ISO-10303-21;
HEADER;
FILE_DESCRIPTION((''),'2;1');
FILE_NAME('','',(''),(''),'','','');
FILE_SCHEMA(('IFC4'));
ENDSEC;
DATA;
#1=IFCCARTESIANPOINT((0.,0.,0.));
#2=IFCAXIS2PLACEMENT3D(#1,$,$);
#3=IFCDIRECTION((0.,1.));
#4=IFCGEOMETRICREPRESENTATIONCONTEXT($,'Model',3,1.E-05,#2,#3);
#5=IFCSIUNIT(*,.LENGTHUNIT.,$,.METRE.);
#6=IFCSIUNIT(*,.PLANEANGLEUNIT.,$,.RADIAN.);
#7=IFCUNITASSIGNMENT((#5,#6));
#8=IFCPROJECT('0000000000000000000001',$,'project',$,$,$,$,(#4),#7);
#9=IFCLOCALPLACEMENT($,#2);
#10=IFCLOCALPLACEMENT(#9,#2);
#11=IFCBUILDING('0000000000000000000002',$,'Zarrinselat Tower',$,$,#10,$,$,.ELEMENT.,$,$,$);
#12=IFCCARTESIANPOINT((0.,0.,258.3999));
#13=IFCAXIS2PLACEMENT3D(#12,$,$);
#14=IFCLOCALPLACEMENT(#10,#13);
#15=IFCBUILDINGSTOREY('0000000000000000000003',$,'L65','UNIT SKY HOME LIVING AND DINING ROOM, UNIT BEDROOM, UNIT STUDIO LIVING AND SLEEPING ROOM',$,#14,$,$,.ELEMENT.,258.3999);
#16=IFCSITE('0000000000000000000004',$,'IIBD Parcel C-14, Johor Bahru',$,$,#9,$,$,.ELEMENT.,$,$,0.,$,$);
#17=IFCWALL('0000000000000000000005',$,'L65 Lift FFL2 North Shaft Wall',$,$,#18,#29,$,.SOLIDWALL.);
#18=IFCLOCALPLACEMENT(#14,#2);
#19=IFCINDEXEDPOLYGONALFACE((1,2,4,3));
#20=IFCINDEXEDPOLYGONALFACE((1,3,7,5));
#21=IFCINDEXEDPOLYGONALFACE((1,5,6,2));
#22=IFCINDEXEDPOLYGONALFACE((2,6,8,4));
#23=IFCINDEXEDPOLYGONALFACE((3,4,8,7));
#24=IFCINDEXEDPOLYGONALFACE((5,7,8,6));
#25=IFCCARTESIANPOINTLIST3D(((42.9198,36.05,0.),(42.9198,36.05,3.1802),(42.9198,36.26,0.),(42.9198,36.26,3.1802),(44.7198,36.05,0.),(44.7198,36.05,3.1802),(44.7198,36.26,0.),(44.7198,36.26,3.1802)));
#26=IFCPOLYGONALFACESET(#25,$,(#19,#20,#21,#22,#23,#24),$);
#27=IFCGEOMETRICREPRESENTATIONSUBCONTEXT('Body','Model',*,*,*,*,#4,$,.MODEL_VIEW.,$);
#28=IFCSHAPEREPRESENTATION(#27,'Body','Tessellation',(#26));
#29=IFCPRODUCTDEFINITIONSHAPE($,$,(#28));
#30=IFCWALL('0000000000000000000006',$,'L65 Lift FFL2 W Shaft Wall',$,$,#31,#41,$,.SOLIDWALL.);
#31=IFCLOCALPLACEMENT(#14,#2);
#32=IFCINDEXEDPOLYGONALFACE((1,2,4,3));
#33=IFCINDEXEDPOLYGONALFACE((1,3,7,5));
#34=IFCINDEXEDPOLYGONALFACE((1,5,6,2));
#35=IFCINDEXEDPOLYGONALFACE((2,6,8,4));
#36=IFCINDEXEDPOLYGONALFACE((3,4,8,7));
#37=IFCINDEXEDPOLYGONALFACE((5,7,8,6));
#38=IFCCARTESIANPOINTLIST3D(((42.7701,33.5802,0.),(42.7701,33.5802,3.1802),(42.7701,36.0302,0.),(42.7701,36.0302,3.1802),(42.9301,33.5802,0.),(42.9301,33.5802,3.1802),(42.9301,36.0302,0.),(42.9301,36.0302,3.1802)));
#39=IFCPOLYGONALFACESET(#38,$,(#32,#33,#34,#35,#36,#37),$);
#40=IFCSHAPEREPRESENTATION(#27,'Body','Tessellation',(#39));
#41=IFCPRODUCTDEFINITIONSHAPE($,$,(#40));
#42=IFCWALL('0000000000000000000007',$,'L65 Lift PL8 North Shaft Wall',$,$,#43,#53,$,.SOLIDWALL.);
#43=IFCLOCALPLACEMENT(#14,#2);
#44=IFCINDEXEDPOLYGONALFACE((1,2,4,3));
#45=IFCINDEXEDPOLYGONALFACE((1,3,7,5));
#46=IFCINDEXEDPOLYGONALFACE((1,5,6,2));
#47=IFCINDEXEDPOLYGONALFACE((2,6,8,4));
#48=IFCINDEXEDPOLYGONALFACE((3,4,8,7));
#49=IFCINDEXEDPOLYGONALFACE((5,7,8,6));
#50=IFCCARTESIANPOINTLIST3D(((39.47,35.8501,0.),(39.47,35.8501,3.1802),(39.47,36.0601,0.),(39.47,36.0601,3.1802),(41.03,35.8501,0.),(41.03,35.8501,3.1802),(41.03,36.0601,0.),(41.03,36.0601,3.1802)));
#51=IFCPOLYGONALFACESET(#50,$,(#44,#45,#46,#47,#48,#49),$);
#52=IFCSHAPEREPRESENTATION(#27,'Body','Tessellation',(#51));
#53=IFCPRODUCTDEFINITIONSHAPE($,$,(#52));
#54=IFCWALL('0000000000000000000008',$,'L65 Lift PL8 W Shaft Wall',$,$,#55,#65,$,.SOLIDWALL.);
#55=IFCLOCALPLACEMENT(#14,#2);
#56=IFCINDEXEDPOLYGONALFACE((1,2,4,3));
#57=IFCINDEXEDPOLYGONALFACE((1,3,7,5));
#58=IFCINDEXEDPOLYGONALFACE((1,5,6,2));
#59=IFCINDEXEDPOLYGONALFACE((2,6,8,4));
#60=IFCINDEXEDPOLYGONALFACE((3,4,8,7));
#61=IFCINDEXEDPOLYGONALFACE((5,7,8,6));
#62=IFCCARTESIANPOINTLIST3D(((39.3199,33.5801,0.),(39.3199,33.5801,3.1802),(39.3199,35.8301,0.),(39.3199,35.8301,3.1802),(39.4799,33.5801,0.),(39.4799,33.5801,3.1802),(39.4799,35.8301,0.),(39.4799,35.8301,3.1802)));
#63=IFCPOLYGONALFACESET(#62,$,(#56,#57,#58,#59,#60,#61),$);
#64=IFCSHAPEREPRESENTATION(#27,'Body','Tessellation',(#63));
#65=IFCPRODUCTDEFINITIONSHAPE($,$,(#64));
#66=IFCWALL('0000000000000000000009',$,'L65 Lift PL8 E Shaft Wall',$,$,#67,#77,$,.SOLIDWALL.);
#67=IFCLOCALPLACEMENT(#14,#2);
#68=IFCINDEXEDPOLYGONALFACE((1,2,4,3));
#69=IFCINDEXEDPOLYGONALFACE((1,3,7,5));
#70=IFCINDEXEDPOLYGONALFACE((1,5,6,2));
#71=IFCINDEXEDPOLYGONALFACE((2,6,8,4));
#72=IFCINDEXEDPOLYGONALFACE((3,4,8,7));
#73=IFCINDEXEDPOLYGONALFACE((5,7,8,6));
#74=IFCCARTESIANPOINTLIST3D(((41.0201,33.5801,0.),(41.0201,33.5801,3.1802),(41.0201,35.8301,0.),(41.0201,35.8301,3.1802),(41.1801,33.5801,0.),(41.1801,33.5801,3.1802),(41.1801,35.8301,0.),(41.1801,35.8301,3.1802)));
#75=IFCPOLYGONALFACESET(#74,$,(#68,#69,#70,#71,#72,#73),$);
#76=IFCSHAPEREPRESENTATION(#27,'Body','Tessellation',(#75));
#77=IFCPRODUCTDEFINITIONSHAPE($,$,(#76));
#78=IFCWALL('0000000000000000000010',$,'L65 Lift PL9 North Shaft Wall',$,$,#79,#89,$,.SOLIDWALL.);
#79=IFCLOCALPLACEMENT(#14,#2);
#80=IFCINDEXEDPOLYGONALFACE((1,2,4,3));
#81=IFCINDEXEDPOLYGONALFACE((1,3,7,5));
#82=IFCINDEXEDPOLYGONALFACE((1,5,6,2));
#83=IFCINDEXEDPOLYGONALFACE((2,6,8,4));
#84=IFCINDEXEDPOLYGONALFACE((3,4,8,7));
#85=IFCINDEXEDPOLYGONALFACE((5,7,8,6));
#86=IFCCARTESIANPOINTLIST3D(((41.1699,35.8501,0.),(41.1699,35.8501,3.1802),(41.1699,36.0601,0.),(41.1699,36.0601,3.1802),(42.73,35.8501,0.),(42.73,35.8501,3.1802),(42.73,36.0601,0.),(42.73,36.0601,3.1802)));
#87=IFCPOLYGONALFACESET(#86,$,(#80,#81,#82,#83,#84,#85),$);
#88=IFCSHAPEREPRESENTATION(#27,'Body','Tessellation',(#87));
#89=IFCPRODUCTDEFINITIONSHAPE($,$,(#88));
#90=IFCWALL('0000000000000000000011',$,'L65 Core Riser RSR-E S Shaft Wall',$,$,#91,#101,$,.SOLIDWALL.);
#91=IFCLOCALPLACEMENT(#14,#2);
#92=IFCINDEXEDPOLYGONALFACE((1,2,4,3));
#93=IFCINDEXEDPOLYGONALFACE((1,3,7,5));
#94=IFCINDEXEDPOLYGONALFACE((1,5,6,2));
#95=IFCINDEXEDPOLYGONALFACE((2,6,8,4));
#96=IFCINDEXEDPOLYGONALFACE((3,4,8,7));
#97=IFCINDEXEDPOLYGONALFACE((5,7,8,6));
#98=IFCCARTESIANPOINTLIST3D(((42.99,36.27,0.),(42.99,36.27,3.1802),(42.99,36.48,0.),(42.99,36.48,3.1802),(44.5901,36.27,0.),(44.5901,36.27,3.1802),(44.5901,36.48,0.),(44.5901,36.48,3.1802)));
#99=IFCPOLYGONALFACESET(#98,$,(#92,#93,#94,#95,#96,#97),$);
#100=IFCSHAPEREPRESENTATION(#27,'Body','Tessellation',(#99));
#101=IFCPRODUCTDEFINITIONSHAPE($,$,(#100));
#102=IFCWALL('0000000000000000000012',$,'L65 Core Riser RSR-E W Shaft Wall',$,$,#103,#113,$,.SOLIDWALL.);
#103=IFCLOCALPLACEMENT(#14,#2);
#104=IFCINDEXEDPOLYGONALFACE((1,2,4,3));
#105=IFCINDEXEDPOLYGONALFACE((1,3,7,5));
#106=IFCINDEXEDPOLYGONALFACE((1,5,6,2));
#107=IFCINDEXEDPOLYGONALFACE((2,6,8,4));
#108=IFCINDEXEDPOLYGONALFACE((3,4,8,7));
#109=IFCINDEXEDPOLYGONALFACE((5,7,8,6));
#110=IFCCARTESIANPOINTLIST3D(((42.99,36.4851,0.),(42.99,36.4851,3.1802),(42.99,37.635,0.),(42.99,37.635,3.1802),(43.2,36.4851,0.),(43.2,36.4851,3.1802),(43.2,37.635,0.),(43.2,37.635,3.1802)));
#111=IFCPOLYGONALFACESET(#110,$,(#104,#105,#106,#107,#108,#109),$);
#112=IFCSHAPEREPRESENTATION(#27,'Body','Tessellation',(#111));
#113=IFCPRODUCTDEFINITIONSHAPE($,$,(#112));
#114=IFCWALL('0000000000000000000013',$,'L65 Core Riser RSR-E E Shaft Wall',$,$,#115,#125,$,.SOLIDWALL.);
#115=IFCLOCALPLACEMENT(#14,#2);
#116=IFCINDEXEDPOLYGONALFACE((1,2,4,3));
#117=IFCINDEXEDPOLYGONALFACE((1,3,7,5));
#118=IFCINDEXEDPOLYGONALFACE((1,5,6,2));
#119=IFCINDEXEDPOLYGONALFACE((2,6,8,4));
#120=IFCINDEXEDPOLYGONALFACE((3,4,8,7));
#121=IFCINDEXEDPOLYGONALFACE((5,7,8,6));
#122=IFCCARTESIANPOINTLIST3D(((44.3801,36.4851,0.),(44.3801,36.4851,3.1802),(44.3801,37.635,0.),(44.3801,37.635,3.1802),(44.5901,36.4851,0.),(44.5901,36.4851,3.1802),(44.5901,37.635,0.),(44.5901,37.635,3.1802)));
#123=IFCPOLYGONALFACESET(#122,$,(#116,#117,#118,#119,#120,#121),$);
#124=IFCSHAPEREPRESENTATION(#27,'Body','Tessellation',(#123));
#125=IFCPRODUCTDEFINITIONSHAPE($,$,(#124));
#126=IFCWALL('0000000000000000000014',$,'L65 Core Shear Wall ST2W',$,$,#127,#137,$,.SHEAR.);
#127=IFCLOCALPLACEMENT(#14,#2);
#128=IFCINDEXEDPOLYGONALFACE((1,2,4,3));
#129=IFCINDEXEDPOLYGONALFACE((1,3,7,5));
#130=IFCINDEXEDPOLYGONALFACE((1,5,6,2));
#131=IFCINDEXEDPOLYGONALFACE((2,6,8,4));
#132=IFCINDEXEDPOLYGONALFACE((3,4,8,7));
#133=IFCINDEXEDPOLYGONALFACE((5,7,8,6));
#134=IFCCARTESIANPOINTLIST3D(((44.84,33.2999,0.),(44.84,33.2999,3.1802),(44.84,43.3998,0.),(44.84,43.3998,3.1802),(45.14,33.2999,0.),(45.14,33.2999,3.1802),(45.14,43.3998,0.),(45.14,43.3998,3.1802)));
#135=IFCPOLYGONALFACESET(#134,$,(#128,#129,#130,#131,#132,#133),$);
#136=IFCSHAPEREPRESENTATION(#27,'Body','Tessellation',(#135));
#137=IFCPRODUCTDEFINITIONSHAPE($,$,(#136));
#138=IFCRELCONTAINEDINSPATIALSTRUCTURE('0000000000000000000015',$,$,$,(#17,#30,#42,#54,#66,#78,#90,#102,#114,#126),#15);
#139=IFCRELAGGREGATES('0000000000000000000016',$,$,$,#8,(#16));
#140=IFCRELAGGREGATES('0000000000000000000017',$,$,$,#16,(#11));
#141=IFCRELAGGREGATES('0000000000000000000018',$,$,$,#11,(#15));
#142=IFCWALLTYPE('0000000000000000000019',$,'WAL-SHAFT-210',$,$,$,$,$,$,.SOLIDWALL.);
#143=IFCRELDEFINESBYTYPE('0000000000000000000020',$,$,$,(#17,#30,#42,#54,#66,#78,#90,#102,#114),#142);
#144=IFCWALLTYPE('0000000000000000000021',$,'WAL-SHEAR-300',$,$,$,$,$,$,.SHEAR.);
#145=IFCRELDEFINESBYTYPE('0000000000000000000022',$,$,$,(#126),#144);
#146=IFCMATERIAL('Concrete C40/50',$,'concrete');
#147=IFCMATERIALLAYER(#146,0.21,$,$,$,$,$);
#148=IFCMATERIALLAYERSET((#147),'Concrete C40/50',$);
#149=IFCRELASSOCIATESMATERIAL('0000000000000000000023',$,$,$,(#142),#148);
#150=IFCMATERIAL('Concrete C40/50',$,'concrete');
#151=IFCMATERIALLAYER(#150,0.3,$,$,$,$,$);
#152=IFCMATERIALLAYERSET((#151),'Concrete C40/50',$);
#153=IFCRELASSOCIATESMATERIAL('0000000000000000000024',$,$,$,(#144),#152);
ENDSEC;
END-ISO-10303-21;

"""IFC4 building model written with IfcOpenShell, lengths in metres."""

from ifc_helpers import new_model, si_unit, direction, frame, frame_2d, origin, place, context, subcontext, project, spatial, rectangle, extrude, material, layer, layer_set, type_object, element, save


model = new_model("IFC4")

# Units and contexts
model_context = context("Model", 3, precision=1e-05, world=origin(), true_north=direction((0.0, 1.0)))
body_context = subcontext(model_context, "Body", "Model", "MODEL_VIEW")
ifc_project = project(units=[si_unit("LENGTHUNIT", "METRE"), si_unit("PLANEANGLEUNIT", "RADIAN")], contexts=[model_context])

# Site, building, storey
site_placement = place(None, origin())
site = spatial("IfcSite", under=ifc_project, at=site_placement, Name="IIBD Parcel C-14, Johor Bahru", CompositionType="ELEMENT", RefElevation=0.0)
building_placement = place(site_placement, origin())
building = spatial("IfcBuilding", under=site, at=building_placement, Name="Zarrinselat Tower", CompositionType="ELEMENT")
storey_placement = place(building_placement, frame((0.0, 0.0, 258.3999)))
storey = spatial("IfcBuildingStorey", under=building, at=storey_placement, Name="L65", Description="UNIT SKY HOME LIVING AND DINING ROOM, UNIT BEDROOM, UNIT STUDIO LIVING AND SLEEPING ROOM", CompositionType="ELEMENT", Elevation=258.3999)

# Walls
ifc_material_1 = material(Name="Concrete C40/50", Category="concrete")
ifc_layer_1 = layer(ifc_material_1, 0.21)
ifc_layer_set_1 = layer_set([ifc_layer_1], Name="Concrete C40/50")
wall_type_1 = type_object("IfcWallType", Name="WAL-SHAFT-210", PredefinedType="SOLIDWALL", material=ifc_layer_set_1)
wall_1_placement = place(storey_placement, frame((42.9199, 36.155, 0.0), z_axis=(0.0, 0.0, 1.0), x_axis=(1.0, 0.0, 0.0)))
element("IfcWall", 1, at=wall_1_placement, inside=storey, type_object=wall_type_1, Name="L65 Lift FFL2 North Shaft Wall", PredefinedType="SOLIDWALL", context=body_context, shape_type="SweptSolid", body=[
    extrude(rectangle(XDim=1.8, YDim=0.21, at=frame_2d((0.8999, 0.0))), origin(), (0.0, 0.0, 1.0), 3.1802),
])
wall_2_placement = place(storey_placement, frame((42.8501, 33.5801, 0.0), z_axis=(0.0, 0.0, 1.0), x_axis=(0.0, 1.0, 0.0)))
element("IfcWall", 2, at=wall_2_placement, inside=storey, type_object=wall_type_1, Name="L65 Lift FFL2 W Shaft Wall", PredefinedType="SOLIDWALL", context=body_context, shape_type="SweptSolid", body=[
    extrude(rectangle(XDim=2.45, YDim=0.1599, at=frame_2d((1.2251, 0.0))), origin(), (0.0, 0.0, 1.0), 3.1802),
])
wall_3_placement = place(storey_placement, frame((39.47, 35.9551, 0.0), z_axis=(0.0, 0.0, 1.0), x_axis=(1.0, 0.0, 0.0)))
element("IfcWall", 3, at=wall_3_placement, inside=storey, type_object=wall_type_1, Name="L65 Lift PL8 North Shaft Wall", PredefinedType="SOLIDWALL", context=body_context, shape_type="SweptSolid", body=[
    extrude(rectangle(XDim=1.5601, YDim=0.21, at=frame_2d((0.78, 0.0))), origin(), (0.0, 0.0, 1.0), 3.1802),
])
for number, where, z_axis, x_axis, name in (
    (4, (39.3999, 33.5801, 0.0), (0.0, 0.0, 1.0), (0.0, 1.0, 0.0), "L65 Lift PL8 W Shaft Wall"),
    (5, (41.1001, 33.5801, 0.0), (0.0, 0.0, 1.0), (0.0, 1.0, 0.0), "L65 Lift PL8 E Shaft Wall"),
):
    element("IfcWall", number, at=place(storey_placement, frame(where, z_axis=z_axis, x_axis=x_axis)), inside=storey, type_object=wall_type_1, Name=name, PredefinedType="SOLIDWALL", context=body_context, shape_type="SweptSolid", body=[
        extrude(rectangle(XDim=2.25, YDim=0.1599, at=frame_2d((1.125, 0.0))), origin(), (0.0, 0.0, 1.0), 3.1802),
    ])
wall_4_placement = place(storey_placement, frame((41.1699, 35.9551, 0.0), z_axis=(0.0, 0.0, 1.0), x_axis=(1.0, 0.0, 0.0)))
element("IfcWall", 6, at=wall_4_placement, inside=storey, type_object=wall_type_1, Name="L65 Lift PL9 North Shaft Wall", PredefinedType="SOLIDWALL", context=body_context, shape_type="SweptSolid", body=[
    extrude(rectangle(XDim=1.5601, YDim=0.21, at=frame_2d((0.78, 0.0))), origin(), (0.0, 0.0, 1.0), 3.1802),
])
wall_5_placement = place(storey_placement, frame((42.99, 36.375, 0.0), z_axis=(0.0, 0.0, 1.0), x_axis=(1.0, 0.0, 0.0)))
element("IfcWall", 7, at=wall_5_placement, inside=storey, type_object=wall_type_1, Name="L65 Core Riser RSR-E S Shaft Wall", PredefinedType="SOLIDWALL", context=body_context, shape_type="SweptSolid", body=[
    extrude(rectangle(XDim=1.6001, YDim=0.21, at=frame_2d((0.8, 0.0))), origin(), (0.0, 0.0, 1.0), 3.1802),
])
for number, where, z_axis, x_axis, name in (
    (8, (43.095, 36.4851, 0.0), (0.0, 0.0, 1.0), (0.0, 1.0, 0.0), "L65 Core Riser RSR-E W Shaft Wall"),
    (9, (44.4851, 36.4851, 0.0), (0.0, 0.0, 1.0), (0.0, 1.0, 0.0), "L65 Core Riser RSR-E E Shaft Wall"),
):
    element("IfcWall", number, at=place(storey_placement, frame(where, z_axis=z_axis, x_axis=x_axis)), inside=storey, type_object=wall_type_1, Name=name, PredefinedType="SOLIDWALL", context=body_context, shape_type="SweptSolid", body=[
        extrude(rectangle(XDim=1.1499, YDim=0.21, at=frame_2d((0.575, 0.0))), origin(), (0.0, 0.0, 1.0), 3.1802),
    ])
ifc_material_2 = material(Name="Concrete C40/50", Category="concrete")
ifc_layer_2 = layer(ifc_material_2, 0.3)
ifc_layer_set_2 = layer_set([ifc_layer_2], Name="Concrete C40/50")
wall_type_2 = type_object("IfcWallType", Name="WAL-SHEAR-300", PredefinedType="SHEAR", material=ifc_layer_set_2)
wall_6_placement = place(storey_placement, frame((44.99, 33.3, 0.0), z_axis=(0.0, 0.0, 1.0), x_axis=(0.0, 1.0, 0.0)))
element("IfcWall", 10, at=wall_6_placement, inside=storey, type_object=wall_type_2, Name="L65 Core Shear Wall ST2W", PredefinedType="SHEAR", context=body_context, shape_type="SweptSolid", body=[
    extrude(rectangle(XDim=10.0999, YDim=0.3, at=frame_2d((5.0498, 0.0))), origin(), (0.0, 0.0, 1.0), 3.1802),
])

save(model, "model.ifc")
